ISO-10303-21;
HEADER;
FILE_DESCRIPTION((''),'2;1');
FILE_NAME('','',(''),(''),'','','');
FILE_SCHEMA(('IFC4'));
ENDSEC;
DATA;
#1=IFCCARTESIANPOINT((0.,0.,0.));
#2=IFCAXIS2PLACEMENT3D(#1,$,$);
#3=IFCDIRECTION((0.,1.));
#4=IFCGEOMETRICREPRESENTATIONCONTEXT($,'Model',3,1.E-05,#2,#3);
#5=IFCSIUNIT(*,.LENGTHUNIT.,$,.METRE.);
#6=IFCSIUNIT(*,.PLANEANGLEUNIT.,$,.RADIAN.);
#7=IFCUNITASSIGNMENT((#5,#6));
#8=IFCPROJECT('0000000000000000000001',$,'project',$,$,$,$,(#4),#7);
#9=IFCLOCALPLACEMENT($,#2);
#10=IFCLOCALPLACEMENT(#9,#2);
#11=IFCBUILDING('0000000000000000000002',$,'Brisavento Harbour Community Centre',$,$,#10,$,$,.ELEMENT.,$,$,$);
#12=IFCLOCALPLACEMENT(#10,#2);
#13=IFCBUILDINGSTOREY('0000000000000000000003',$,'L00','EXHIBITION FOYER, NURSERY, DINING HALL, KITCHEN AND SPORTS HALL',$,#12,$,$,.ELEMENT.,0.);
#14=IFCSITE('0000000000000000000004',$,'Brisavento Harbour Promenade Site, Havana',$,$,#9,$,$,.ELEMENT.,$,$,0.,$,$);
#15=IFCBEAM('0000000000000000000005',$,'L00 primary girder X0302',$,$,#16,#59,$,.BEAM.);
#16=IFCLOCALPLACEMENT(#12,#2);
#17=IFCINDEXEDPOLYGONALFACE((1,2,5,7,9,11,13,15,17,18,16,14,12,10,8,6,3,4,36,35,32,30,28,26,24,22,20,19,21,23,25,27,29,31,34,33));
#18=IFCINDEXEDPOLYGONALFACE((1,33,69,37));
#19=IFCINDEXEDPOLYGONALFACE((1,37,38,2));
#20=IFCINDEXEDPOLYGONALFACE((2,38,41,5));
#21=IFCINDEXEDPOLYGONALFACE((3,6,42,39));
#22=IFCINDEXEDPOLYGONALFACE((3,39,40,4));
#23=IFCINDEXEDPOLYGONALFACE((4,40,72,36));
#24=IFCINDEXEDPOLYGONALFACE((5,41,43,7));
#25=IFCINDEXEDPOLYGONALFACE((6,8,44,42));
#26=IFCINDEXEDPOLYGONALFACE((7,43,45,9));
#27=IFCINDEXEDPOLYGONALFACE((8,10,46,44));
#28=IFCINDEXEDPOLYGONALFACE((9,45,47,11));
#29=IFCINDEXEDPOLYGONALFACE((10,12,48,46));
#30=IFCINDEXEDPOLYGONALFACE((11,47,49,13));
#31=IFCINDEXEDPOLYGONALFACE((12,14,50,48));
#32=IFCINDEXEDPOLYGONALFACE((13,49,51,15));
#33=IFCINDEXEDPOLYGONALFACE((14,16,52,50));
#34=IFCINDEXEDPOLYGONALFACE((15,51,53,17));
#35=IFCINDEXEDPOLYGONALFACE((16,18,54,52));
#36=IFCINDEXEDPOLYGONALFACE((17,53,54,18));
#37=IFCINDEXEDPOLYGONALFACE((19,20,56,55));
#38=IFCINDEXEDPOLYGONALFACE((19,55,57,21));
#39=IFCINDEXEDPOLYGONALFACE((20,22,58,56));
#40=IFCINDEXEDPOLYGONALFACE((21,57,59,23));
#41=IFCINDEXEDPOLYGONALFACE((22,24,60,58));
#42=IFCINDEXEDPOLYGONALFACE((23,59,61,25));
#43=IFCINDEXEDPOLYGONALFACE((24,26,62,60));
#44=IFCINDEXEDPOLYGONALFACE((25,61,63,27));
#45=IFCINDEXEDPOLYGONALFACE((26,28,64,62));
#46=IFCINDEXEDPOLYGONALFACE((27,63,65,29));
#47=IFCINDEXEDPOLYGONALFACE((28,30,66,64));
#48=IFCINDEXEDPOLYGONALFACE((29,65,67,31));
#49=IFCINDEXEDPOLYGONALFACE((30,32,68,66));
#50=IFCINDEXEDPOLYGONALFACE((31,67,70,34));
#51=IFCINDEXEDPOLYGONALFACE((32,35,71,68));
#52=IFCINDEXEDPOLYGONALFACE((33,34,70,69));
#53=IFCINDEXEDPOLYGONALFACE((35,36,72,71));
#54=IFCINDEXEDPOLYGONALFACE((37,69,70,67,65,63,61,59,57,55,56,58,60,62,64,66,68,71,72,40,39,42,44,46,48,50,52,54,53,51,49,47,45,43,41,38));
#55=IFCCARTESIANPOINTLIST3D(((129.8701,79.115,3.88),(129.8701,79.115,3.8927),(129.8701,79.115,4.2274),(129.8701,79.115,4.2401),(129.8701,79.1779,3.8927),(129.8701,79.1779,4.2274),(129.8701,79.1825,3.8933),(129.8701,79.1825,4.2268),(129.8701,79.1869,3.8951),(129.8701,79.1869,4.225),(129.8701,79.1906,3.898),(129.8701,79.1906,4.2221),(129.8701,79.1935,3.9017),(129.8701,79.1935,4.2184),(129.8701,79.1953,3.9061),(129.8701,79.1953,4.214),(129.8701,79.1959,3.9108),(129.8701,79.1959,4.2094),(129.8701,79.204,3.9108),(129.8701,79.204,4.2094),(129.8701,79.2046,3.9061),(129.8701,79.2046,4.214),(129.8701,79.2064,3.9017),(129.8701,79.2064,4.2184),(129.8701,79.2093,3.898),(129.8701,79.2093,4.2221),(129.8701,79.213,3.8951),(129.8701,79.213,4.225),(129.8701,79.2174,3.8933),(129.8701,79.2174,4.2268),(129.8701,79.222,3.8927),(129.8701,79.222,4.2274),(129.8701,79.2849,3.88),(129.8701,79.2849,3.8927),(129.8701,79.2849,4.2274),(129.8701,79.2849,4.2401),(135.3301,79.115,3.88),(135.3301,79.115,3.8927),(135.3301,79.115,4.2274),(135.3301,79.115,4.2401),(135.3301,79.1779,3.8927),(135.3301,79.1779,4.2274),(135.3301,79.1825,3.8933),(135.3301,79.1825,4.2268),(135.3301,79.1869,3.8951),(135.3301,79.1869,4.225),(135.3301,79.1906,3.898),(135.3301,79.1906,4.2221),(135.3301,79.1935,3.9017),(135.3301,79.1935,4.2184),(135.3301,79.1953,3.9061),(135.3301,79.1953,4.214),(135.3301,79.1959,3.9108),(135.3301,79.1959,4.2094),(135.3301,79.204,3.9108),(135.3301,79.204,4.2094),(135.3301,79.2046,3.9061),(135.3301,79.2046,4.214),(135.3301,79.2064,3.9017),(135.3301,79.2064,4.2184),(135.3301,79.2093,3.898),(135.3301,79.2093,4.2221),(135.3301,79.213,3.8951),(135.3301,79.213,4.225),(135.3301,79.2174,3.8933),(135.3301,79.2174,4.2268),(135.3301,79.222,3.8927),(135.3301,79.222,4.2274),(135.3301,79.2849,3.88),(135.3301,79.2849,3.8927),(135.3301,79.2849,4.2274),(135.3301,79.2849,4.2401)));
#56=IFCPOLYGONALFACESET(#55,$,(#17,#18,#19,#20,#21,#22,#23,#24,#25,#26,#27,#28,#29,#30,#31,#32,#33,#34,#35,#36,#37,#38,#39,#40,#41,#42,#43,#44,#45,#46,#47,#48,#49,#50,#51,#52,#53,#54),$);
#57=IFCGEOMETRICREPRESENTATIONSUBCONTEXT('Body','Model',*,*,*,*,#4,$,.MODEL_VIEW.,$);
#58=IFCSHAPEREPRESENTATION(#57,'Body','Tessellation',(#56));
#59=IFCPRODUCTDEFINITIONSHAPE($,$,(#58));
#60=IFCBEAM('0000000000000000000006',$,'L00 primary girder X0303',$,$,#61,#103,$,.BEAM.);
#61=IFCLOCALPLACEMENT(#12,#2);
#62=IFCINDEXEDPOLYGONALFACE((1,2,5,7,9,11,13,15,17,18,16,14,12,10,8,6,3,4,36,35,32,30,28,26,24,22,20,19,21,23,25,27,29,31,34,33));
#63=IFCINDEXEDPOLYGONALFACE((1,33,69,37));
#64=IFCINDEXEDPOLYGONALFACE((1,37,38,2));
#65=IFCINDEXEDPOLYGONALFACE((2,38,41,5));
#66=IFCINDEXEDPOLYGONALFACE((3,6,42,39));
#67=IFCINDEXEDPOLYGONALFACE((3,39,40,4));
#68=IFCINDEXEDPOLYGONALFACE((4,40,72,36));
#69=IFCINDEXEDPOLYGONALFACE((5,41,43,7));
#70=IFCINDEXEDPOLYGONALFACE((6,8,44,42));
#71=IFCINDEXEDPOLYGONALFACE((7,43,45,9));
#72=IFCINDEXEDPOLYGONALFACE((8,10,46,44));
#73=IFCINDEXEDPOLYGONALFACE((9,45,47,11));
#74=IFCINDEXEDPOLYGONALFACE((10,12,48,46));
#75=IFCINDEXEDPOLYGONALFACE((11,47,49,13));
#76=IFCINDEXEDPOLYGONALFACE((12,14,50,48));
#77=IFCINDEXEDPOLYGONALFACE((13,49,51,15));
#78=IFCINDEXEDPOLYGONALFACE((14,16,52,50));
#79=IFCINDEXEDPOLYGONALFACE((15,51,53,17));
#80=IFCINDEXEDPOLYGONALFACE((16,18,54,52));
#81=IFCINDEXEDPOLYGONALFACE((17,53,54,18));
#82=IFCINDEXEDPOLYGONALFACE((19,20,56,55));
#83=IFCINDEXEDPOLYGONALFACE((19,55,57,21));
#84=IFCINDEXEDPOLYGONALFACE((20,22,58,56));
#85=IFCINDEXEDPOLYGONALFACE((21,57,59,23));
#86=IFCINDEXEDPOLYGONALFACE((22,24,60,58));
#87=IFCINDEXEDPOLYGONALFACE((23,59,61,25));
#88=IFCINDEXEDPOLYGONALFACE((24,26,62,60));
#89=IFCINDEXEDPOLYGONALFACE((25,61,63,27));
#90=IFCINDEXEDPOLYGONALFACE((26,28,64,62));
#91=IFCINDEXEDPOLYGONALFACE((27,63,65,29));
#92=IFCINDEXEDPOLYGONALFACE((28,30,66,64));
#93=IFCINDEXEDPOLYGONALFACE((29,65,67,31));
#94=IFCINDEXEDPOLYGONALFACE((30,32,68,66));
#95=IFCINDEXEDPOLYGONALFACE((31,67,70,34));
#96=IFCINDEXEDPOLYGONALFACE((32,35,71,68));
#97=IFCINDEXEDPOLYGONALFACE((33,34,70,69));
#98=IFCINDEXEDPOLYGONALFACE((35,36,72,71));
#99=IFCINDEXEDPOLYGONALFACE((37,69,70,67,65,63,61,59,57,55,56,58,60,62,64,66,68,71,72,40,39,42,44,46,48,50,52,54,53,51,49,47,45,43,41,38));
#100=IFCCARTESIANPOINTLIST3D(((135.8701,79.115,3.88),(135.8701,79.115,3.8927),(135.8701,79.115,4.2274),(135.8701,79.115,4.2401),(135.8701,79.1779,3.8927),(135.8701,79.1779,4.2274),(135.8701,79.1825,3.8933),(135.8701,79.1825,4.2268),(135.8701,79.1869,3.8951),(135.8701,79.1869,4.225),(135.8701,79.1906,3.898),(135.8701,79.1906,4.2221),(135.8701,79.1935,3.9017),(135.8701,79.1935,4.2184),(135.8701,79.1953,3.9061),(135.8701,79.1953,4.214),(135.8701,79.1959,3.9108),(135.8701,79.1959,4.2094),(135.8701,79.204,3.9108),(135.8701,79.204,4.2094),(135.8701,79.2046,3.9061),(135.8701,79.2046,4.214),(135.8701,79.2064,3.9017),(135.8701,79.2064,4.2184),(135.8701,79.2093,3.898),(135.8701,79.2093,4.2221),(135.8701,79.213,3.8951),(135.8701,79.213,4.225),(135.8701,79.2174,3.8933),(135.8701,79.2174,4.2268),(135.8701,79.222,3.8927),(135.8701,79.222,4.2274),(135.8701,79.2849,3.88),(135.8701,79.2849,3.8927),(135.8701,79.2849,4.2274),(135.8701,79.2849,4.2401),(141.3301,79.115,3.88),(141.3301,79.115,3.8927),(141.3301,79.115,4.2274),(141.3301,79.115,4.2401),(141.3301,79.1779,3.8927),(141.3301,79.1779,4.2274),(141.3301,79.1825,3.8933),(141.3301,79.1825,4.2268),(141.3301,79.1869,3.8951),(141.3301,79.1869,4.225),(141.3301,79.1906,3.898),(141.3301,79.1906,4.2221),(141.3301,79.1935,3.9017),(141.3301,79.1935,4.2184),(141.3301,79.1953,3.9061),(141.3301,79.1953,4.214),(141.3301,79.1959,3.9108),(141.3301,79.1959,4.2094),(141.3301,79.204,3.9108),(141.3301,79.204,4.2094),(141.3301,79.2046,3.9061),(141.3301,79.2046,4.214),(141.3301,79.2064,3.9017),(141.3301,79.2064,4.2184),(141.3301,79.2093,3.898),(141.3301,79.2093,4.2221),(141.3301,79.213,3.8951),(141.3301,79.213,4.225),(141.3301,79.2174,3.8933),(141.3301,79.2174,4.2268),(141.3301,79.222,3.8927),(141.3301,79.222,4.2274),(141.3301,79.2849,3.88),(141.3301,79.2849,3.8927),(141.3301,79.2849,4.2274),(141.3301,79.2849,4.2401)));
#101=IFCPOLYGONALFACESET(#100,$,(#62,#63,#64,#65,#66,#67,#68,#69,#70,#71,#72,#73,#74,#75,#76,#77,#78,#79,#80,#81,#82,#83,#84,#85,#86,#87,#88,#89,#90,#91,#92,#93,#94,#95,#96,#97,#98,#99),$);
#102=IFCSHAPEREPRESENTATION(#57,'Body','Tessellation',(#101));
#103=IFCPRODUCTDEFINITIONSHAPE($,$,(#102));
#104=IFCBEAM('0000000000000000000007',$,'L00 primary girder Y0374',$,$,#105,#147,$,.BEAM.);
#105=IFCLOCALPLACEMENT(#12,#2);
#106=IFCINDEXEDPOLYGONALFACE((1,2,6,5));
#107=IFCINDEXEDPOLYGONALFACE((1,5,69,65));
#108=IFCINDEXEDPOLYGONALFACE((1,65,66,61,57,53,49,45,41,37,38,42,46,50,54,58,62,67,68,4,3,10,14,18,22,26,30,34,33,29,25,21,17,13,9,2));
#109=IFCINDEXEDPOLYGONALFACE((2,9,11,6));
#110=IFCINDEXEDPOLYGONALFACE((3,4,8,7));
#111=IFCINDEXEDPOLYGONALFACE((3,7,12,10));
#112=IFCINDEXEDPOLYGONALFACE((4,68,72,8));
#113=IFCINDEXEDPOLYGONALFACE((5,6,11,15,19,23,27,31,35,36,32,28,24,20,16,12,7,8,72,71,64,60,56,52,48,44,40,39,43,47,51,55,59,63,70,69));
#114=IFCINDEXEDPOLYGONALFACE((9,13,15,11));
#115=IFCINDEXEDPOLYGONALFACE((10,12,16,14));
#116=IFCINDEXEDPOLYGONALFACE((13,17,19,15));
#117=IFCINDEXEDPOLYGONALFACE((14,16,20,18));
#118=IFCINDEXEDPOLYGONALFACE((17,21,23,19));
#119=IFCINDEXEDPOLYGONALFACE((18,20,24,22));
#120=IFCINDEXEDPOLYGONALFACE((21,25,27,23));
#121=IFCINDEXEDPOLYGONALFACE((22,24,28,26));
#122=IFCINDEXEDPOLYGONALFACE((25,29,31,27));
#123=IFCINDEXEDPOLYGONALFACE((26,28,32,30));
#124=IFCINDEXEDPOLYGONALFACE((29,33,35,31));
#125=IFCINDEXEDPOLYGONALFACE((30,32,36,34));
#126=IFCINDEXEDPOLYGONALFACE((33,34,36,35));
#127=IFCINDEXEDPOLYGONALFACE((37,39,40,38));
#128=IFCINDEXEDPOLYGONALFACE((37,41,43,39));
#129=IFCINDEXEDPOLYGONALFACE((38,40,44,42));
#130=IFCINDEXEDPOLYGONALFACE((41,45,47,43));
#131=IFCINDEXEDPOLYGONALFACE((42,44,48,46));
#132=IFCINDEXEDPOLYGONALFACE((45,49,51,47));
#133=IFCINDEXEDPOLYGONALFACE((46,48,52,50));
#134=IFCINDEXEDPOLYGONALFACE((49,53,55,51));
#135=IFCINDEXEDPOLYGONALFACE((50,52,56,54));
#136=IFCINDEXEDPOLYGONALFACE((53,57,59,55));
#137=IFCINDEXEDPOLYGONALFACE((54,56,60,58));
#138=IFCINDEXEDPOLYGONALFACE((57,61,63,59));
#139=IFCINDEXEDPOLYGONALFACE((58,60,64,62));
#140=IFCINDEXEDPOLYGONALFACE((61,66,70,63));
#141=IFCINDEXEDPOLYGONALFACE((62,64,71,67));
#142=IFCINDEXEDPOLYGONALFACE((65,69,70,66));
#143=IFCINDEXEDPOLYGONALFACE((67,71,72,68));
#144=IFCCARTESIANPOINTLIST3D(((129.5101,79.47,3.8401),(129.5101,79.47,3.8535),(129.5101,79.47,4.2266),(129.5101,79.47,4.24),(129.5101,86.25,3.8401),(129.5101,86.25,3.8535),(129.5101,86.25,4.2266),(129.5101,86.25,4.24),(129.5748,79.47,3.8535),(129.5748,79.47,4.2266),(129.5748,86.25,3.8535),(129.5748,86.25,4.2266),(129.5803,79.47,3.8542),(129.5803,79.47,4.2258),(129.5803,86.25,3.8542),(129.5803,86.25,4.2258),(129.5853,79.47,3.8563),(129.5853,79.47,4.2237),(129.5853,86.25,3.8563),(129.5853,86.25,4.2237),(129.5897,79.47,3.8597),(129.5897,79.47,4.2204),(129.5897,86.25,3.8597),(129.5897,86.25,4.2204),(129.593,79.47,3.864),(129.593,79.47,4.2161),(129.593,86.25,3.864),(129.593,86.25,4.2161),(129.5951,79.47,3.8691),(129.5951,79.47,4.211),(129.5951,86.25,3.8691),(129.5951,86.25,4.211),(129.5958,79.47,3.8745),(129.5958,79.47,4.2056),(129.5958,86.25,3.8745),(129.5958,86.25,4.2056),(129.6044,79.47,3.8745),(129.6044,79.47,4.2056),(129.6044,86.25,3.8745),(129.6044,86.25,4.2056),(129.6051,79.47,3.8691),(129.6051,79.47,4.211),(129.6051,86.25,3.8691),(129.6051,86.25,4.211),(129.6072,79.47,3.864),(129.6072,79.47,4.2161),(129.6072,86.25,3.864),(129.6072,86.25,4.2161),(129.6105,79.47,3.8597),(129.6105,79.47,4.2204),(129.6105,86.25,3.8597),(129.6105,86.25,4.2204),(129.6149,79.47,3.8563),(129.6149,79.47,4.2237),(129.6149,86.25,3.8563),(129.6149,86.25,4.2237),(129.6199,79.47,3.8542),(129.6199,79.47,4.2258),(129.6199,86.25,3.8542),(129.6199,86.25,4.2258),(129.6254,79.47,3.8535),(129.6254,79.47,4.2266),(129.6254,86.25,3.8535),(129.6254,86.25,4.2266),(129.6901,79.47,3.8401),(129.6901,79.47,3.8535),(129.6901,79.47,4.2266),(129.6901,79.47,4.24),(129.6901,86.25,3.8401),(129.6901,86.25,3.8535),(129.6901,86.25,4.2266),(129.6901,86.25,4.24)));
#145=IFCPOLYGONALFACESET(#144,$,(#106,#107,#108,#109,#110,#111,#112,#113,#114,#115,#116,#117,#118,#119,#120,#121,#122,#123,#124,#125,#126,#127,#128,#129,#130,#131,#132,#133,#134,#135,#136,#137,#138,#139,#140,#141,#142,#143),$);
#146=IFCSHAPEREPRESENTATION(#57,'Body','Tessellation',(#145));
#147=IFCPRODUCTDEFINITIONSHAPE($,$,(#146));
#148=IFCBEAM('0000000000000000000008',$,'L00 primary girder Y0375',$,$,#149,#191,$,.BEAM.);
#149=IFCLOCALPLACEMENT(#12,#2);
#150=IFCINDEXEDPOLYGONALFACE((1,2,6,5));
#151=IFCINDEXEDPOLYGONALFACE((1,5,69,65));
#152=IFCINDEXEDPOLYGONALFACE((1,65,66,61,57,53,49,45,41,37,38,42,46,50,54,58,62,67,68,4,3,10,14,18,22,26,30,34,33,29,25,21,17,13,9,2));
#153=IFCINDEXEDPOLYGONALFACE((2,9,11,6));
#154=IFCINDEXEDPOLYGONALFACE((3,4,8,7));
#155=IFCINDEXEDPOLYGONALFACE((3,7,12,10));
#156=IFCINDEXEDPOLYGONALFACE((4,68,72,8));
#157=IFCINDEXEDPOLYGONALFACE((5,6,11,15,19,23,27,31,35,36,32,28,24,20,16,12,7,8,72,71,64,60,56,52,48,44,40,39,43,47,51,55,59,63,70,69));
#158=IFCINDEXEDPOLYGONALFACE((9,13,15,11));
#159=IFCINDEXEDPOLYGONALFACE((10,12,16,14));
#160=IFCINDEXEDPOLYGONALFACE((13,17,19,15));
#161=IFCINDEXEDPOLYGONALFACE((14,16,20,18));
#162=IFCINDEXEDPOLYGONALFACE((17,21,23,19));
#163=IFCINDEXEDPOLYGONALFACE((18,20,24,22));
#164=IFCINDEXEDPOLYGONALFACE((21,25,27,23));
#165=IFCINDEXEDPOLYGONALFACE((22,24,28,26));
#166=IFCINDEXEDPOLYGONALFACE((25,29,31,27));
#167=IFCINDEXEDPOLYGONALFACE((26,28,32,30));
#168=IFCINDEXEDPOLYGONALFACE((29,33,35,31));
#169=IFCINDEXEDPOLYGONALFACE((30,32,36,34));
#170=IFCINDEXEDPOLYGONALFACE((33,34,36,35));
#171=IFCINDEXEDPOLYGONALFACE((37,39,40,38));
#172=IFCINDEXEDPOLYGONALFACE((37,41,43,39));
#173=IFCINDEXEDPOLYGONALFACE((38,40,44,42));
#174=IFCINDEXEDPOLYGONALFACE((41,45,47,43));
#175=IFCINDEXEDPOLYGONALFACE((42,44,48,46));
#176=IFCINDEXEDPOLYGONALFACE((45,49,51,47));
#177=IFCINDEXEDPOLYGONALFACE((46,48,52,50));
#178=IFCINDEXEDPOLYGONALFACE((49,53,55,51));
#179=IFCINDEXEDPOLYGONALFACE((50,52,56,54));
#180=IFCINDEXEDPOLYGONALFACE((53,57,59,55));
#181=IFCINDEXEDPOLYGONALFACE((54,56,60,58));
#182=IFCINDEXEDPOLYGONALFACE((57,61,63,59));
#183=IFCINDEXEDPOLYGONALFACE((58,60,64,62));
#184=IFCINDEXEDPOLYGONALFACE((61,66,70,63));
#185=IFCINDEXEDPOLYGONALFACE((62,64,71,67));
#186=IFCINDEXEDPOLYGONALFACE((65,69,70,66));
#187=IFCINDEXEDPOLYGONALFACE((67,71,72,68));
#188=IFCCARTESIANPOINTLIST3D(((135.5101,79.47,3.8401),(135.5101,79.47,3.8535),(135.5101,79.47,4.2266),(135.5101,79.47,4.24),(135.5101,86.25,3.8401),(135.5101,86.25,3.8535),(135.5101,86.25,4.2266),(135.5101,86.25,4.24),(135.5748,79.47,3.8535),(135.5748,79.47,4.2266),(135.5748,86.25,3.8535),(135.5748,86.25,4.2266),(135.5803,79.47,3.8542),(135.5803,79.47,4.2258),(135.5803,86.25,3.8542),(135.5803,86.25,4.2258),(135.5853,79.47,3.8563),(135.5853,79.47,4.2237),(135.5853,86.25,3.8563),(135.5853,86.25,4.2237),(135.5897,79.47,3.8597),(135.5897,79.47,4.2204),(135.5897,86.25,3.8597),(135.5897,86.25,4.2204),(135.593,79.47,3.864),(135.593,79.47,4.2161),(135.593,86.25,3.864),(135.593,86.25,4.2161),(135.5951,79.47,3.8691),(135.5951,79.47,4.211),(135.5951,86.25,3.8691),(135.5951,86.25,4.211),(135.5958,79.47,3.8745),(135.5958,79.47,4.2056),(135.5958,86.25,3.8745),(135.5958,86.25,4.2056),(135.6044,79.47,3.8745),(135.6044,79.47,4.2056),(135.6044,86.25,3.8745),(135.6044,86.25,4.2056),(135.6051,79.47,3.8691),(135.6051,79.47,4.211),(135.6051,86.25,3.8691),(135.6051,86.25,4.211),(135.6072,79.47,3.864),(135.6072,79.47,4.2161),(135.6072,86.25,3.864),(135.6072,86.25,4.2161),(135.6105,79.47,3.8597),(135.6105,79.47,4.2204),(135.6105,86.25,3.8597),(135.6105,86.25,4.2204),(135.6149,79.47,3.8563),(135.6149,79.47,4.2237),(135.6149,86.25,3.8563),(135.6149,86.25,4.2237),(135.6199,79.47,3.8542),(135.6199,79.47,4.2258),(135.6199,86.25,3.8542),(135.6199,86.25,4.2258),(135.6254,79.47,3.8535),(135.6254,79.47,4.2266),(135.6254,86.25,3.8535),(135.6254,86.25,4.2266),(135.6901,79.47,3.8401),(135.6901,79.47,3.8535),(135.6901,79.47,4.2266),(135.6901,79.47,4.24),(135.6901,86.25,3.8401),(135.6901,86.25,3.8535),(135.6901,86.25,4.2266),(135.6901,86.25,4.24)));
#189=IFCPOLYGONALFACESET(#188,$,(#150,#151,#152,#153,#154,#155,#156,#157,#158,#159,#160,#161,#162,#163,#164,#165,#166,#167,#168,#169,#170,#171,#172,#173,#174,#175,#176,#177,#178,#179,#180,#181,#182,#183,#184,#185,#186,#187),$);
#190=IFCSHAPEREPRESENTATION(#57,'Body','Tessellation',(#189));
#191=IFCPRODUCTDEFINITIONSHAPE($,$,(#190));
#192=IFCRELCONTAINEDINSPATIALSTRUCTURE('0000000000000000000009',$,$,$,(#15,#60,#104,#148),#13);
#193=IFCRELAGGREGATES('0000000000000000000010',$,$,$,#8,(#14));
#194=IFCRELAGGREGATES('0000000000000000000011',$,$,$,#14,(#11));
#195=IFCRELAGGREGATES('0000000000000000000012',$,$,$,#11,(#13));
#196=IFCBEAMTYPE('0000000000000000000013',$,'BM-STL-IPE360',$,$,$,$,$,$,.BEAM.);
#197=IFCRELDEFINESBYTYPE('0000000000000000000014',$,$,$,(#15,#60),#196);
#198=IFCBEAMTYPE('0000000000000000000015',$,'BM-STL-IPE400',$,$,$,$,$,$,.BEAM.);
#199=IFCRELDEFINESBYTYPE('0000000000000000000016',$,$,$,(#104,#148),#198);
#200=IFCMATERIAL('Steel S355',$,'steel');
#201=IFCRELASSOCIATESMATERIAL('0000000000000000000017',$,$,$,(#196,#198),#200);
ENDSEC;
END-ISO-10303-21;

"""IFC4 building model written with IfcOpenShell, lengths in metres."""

from ifc_helpers import new_model, si_unit, direction, frame, origin, origin_2d, place, context, subcontext, project, spatial, i_section, extrude, material, material_profile, profile_set, type_object, element, save


model = new_model("IFC4")

# Units and contexts
model_context = context("Model", 3, precision=1e-05, world=origin(), true_north=direction((0.0, 1.0)))
body_context = subcontext(model_context, "Body", "Model", "MODEL_VIEW")
ifc_project = project(units=[si_unit("LENGTHUNIT", "METRE"), si_unit("PLANEANGLEUNIT", "RADIAN")], contexts=[model_context])

# Site, building, storey
site_placement = place(None, origin())
site = spatial("IfcSite", under=ifc_project, at=site_placement, Name="Brisavento Harbour Promenade Site, Havana", CompositionType="ELEMENT", RefElevation=0.0)
building_placement = place(site_placement, origin())
building = spatial("IfcBuilding", under=site, at=building_placement, Name="Brisavento Harbour Community Centre", CompositionType="ELEMENT")
storey_placement = place(building_placement, origin())
storey = spatial("IfcBuildingStorey", under=building, at=storey_placement, Name="L00", Description="EXHIBITION FOYER, NURSERY, DINING HALL, KITCHEN AND SPORTS HALL", CompositionType="ELEMENT", Elevation=0.0)

# Beams
ifc_material_1 = material(Name="Steel S355", Category="steel")
ifc_material_profile_1 = material_profile(ifc_material_1, i_section(OverallWidth=0.1699, OverallDepth=0.3601, WebThickness=0.0081, FlangeThickness=0.0127, FilletRadius=0.0181, at=origin_2d()), Name="Steel S355")
ifc_profile_set_1 = profile_set([ifc_material_profile_1], Name="Steel S355")
beam_type_1 = type_object("IfcBeamType", Name="BM-STL-IPE360", PredefinedType="BEAM", material=ifc_profile_set_1)
for number, where, z_axis, x_axis, name in (
    (1, (129.8701, 79.2, 4.0601), (1.0, 0.0, 0.0), (0.0, 1.0, 0.0), "L00 primary girder X0302"),
    (2, (135.8701, 79.2, 4.0601), (1.0, 0.0, 0.0), (0.0, 1.0, 0.0), "L00 primary girder X0303"),
):
    element("IfcBeam", number, at=place(storey_placement, frame(where, z_axis=z_axis, x_axis=x_axis)), inside=storey, type_object=beam_type_1, Name=name, PredefinedType="BEAM", context=body_context, shape_type="SweptSolid", body=[
        extrude(i_section(OverallWidth=0.1699, OverallDepth=0.3601, WebThickness=0.0081, FlangeThickness=0.0127, FilletRadius=0.0181, at=origin_2d()), origin(), (0.0, 0.0, 1.0), 5.46),
    ])
ifc_material_profile_2 = material_profile(ifc_material_1, i_section(OverallWidth=0.1799, OverallDepth=0.3999, WebThickness=0.0085, FlangeThickness=0.0134, FilletRadius=0.021, at=origin_2d()), Name="Steel S355")
ifc_profile_set_2 = profile_set([ifc_material_profile_2], Name="Steel S355")
beam_type_2 = type_object("IfcBeamType", Name="BM-STL-IPE400", PredefinedType="BEAM", material=ifc_profile_set_2)
for number, where, z_axis, x_axis, name in (
    (3, (129.6001, 79.47, 4.04), (0.0, 1.0, 0.0), (-1.0, 0.0, 0.0), "L00 primary girder Y0374"),
    (4, (135.6001, 79.47, 4.04), (0.0, 1.0, 0.0), (-1.0, 0.0, 0.0), "L00 primary girder Y0375"),
):
    element("IfcBeam", number, at=place(storey_placement, frame(where, z_axis=z_axis, x_axis=x_axis)), inside=storey, type_object=beam_type_2, Name=name, PredefinedType="BEAM", context=body_context, shape_type="SweptSolid", body=[
        extrude(i_section(OverallWidth=0.1799, OverallDepth=0.3999, WebThickness=0.0085, FlangeThickness=0.0134, FilletRadius=0.021, at=origin_2d()), origin(), (0.0, 0.0, 1.0), 6.78),
    ])

save(model, "model.ifc")
